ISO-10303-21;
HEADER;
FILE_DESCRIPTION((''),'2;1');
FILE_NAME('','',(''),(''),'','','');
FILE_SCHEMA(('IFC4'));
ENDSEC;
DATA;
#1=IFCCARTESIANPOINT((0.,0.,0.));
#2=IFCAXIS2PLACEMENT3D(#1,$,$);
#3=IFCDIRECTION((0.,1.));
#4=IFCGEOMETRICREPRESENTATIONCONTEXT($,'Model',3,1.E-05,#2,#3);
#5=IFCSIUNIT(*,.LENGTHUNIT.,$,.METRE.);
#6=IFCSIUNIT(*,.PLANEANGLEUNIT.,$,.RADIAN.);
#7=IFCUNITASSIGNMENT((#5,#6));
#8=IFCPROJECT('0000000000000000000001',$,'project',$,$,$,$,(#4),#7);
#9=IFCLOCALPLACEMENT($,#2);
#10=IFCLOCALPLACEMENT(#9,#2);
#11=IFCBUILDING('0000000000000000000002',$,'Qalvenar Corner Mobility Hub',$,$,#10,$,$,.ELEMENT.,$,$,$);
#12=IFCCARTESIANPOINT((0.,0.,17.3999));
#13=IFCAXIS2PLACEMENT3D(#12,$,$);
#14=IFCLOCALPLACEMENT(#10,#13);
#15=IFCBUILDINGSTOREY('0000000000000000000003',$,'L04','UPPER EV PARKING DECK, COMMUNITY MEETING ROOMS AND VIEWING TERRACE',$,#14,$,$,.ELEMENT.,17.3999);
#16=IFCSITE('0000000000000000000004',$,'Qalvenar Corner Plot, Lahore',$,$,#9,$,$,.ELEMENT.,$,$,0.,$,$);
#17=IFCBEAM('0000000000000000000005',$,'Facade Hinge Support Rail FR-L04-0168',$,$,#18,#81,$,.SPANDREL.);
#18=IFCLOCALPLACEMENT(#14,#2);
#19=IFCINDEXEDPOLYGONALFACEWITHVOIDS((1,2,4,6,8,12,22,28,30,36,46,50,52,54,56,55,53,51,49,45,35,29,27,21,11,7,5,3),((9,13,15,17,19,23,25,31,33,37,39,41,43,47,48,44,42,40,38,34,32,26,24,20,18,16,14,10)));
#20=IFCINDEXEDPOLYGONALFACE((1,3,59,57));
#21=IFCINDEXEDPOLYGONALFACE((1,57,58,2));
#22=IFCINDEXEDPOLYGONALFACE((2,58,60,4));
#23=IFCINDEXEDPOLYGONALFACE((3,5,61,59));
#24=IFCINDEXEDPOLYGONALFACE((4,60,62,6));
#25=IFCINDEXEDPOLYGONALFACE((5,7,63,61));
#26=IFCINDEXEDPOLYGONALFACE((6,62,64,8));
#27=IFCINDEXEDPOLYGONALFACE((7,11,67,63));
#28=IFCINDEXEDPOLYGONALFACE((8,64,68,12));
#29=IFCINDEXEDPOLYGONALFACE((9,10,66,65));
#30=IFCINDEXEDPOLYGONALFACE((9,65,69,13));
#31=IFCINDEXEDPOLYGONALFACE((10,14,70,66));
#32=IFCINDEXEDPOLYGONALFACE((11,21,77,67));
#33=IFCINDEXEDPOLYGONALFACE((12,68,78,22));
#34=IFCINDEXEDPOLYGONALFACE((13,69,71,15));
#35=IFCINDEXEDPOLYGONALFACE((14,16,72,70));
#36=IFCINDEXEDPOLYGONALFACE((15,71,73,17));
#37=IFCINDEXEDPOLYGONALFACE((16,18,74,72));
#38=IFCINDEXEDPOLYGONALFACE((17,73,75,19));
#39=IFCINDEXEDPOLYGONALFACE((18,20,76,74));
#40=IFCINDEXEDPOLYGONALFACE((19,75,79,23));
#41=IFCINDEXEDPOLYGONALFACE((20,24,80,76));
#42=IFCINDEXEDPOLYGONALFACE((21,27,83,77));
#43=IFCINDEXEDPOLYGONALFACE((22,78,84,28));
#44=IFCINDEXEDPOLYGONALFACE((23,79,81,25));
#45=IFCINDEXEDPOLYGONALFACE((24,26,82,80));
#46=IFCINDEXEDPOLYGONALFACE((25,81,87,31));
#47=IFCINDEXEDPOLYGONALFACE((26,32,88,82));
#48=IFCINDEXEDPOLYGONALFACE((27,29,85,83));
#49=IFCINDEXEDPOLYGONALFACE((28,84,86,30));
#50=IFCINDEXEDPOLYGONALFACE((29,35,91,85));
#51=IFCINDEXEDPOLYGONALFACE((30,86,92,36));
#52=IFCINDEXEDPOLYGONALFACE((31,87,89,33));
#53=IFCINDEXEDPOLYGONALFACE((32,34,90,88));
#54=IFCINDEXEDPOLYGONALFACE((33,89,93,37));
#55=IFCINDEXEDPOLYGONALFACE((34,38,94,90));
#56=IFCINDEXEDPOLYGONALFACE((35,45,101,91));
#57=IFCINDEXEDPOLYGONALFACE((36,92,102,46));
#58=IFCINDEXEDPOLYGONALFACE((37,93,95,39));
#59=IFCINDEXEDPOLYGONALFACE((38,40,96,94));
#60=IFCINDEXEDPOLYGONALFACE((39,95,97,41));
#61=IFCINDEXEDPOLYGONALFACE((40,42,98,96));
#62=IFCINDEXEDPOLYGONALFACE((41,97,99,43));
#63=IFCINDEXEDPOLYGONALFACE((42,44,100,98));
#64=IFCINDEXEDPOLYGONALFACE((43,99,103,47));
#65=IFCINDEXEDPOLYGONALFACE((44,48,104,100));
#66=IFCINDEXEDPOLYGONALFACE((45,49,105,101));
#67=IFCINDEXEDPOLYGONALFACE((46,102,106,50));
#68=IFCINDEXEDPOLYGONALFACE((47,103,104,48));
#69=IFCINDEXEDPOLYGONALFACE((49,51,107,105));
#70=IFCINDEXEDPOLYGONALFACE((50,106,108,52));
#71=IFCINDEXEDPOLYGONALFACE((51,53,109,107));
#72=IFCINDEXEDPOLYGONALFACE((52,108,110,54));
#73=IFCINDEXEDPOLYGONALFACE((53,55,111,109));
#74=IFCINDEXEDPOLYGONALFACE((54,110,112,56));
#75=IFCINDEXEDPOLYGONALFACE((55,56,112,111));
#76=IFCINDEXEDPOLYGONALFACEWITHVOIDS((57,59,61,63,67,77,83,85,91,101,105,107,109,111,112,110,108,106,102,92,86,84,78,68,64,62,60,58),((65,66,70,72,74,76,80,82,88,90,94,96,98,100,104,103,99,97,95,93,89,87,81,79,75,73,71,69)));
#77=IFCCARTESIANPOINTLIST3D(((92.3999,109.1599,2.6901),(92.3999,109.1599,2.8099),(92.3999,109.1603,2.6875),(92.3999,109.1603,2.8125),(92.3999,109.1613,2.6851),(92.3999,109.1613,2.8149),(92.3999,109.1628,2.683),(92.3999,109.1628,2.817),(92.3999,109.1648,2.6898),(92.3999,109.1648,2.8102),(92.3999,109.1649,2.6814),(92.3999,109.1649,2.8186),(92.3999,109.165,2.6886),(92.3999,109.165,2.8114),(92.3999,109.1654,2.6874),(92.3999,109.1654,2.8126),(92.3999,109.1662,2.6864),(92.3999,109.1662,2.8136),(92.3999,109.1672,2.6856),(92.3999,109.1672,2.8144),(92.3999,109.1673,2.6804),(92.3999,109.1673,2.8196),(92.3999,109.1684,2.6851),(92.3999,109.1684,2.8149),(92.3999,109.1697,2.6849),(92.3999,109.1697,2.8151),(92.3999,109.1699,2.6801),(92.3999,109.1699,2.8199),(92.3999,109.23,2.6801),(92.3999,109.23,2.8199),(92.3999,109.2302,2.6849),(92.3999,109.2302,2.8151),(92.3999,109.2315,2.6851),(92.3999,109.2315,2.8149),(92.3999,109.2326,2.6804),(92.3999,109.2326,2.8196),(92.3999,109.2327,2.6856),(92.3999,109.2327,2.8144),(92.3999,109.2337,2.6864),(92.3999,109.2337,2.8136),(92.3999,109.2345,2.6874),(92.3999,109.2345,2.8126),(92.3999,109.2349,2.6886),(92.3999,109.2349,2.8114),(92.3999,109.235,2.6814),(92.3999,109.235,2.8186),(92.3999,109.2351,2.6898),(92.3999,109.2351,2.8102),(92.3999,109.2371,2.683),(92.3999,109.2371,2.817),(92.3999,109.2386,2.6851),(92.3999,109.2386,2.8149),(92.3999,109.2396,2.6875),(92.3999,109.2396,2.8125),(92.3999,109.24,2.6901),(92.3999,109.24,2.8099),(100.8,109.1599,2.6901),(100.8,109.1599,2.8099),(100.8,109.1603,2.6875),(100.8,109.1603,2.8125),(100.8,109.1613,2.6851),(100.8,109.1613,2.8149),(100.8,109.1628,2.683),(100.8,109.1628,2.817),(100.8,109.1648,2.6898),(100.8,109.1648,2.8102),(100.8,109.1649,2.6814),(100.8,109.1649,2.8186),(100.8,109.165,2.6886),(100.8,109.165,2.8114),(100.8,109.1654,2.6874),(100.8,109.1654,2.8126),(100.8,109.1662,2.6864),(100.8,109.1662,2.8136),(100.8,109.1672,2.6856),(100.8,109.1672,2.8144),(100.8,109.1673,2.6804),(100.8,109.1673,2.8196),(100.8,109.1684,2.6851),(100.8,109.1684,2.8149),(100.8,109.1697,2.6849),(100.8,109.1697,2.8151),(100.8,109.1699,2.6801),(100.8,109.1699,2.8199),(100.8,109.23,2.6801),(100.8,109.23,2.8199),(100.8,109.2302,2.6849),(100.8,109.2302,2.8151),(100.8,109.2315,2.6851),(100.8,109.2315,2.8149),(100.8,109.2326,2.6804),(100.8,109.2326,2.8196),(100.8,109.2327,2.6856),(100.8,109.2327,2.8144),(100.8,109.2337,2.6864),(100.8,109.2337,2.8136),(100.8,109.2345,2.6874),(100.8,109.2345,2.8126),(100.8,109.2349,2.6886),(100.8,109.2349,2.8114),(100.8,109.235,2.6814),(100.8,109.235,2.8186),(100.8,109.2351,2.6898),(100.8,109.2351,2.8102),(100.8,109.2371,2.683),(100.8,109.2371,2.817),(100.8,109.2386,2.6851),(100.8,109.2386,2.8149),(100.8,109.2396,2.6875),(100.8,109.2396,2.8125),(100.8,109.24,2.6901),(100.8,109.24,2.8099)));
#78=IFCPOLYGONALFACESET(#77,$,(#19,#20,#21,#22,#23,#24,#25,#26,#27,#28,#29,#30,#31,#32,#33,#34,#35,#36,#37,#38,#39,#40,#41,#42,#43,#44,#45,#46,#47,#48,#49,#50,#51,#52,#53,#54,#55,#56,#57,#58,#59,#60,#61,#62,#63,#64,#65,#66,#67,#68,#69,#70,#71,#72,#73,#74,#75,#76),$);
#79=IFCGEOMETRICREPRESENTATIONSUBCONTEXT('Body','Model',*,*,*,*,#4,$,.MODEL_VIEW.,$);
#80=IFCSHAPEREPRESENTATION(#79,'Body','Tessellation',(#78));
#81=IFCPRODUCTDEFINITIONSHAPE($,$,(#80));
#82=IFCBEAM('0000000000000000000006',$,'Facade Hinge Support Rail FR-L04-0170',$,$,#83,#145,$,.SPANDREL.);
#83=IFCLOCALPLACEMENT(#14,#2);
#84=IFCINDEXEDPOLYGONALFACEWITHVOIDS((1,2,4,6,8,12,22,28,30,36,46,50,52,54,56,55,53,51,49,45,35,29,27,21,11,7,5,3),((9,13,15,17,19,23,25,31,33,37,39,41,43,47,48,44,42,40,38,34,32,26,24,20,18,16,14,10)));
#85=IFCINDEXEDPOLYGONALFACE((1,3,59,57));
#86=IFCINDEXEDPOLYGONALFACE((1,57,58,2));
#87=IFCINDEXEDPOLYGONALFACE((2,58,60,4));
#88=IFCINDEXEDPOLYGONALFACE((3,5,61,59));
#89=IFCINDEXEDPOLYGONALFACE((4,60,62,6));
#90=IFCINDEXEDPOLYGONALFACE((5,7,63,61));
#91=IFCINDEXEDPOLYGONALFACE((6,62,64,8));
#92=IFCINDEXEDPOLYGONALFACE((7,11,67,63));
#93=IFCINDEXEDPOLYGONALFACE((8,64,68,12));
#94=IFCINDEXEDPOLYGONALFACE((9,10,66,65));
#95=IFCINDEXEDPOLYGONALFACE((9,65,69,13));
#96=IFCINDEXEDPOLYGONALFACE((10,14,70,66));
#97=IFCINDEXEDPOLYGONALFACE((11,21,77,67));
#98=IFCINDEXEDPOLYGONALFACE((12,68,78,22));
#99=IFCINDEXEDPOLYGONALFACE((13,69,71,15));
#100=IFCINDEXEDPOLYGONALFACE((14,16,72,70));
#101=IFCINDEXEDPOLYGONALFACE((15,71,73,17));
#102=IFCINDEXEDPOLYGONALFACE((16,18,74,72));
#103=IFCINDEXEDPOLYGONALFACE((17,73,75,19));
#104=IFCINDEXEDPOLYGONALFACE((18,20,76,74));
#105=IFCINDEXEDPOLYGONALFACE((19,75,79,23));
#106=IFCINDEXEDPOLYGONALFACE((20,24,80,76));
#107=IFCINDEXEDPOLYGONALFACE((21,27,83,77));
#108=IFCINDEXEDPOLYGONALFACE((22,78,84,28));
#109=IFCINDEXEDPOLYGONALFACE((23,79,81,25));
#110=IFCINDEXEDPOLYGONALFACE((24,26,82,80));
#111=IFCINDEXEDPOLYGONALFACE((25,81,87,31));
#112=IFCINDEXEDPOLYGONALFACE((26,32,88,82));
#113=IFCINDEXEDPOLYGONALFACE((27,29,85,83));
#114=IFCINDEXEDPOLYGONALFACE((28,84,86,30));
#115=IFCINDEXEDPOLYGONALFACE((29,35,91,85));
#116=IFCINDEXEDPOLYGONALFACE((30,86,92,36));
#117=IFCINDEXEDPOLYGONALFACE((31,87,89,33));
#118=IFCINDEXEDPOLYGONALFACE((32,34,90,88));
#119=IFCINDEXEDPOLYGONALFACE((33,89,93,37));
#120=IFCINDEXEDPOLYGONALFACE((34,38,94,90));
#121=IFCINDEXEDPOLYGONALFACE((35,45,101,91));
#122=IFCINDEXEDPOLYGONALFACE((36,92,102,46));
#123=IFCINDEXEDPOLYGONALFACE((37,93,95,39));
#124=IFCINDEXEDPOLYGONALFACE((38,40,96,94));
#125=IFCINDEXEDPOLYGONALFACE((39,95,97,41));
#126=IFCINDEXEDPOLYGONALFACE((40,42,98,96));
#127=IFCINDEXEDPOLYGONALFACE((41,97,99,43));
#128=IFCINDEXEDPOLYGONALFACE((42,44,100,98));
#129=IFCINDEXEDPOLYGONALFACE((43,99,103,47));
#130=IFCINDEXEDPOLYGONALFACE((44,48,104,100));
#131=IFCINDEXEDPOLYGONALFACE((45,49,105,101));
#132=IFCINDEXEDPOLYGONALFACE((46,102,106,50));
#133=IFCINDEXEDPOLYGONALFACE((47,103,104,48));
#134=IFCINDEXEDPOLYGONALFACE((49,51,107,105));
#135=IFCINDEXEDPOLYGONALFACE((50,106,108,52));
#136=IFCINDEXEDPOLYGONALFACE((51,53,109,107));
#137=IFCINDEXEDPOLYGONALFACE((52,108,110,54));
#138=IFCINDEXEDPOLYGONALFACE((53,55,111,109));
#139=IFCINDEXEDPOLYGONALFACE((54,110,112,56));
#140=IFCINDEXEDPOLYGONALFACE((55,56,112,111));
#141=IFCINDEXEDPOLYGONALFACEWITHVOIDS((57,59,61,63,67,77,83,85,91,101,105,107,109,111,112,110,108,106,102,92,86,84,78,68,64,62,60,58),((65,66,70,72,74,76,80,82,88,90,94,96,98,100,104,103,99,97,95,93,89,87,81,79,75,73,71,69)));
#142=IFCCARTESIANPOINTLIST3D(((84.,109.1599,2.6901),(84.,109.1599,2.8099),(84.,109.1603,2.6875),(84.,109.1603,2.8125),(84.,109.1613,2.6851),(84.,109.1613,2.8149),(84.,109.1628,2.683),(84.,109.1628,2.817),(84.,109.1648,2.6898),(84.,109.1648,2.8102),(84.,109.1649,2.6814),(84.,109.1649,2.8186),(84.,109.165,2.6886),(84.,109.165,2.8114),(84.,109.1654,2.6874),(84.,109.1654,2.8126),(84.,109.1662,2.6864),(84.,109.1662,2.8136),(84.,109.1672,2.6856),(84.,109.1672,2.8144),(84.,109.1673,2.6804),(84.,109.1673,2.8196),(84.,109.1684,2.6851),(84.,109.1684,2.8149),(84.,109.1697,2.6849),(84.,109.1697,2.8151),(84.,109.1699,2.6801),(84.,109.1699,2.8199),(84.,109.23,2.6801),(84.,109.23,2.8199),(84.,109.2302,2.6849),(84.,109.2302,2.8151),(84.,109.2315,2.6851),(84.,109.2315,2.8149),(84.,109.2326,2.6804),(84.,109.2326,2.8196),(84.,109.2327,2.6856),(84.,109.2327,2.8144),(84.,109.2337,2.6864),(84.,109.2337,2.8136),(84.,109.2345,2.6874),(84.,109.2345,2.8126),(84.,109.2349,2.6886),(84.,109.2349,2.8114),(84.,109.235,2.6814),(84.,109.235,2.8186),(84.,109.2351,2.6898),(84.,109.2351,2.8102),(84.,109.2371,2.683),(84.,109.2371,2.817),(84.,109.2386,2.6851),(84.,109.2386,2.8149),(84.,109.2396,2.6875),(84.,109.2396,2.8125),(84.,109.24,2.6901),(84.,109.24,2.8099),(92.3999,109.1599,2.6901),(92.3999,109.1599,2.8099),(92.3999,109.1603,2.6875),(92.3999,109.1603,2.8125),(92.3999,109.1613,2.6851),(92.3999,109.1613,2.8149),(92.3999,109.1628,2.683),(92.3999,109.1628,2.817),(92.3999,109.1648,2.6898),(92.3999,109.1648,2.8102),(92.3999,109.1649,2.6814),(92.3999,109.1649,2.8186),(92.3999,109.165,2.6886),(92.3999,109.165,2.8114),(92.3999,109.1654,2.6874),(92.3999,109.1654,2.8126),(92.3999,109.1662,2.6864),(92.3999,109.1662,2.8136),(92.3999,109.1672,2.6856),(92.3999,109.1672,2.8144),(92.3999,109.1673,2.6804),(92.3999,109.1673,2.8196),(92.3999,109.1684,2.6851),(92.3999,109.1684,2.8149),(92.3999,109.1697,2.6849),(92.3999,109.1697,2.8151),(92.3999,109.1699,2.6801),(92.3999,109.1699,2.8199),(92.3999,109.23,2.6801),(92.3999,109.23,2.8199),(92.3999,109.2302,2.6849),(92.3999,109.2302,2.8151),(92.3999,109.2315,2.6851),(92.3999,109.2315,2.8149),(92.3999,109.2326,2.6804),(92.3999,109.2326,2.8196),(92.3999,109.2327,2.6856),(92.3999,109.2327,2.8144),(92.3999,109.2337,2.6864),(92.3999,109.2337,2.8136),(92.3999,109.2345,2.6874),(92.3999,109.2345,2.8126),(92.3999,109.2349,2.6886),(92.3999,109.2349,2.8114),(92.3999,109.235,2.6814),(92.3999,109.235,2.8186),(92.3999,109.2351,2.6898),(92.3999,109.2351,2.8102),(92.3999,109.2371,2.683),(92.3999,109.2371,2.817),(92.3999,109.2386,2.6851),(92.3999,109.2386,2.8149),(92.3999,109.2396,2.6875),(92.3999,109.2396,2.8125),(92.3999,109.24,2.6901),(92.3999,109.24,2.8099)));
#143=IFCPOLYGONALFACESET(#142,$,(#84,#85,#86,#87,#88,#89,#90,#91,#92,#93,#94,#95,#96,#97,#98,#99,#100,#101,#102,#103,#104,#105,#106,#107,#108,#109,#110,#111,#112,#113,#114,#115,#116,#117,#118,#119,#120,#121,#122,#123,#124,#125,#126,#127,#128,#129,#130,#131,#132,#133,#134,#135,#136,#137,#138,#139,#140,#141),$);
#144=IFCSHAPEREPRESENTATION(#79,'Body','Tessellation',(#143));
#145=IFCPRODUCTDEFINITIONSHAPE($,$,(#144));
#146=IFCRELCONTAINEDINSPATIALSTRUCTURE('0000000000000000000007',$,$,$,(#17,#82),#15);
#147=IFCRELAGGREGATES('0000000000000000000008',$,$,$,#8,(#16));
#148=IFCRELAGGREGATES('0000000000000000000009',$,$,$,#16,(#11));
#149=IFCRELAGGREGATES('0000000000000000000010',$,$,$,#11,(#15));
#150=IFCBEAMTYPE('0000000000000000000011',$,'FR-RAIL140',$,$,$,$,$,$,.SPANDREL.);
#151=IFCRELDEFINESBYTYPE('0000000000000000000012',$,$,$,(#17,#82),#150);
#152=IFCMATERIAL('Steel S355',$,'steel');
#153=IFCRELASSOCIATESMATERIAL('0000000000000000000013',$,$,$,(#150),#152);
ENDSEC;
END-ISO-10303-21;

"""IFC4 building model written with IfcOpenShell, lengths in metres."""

from ifc_helpers import new_model, si_unit, direction, frame, origin, origin_2d, place, context, subcontext, project, spatial, hollow_rectangle, extrude, material, material_profile, profile_set, type_object, element, save


model = new_model("IFC4")

# Units and contexts
model_context = context("Model", 3, precision=1e-05, world=origin(), true_north=direction((0.0, 1.0)))
body_context = subcontext(model_context, "Body", "Model", "MODEL_VIEW")
ifc_project = project(units=[si_unit("LENGTHUNIT", "METRE"), si_unit("PLANEANGLEUNIT", "RADIAN")], contexts=[model_context])

# Site, building, storey
site_placement = place(None, origin())
site = spatial("IfcSite", under=ifc_project, at=site_placement, Name="Qalvenar Corner Plot, Lahore", CompositionType="ELEMENT", RefElevation=0.0)
building_placement = place(site_placement, origin())
building = spatial("IfcBuilding", under=site, at=building_placement, Name="Qalvenar Corner Mobility Hub", CompositionType="ELEMENT")
storey_placement = place(building_placement, frame((0.0, 0.0, 17.3999)))
storey = spatial("IfcBuildingStorey", under=building, at=storey_placement, Name="L04", Description="UPPER EV PARKING DECK, COMMUNITY MEETING ROOMS AND VIEWING TERRACE", CompositionType="ELEMENT", Elevation=17.3999)

# Shared definitions
ifc_material_1 = material(Name="Steel S355", Category="steel")

# Beams
ifc_material_profile_1 = material_profile(ifc_material_1, hollow_rectangle(XDim=0.0801, YDim=0.1399, WallThickness=0.0049, InnerFilletRadius=0.0049, OuterFilletRadius=0.01, at=origin_2d()), Name="RHS140x80x5")
ifc_profile_set_1 = profile_set([ifc_material_profile_1], Name="Steel S355")
beam_type_1 = type_object("IfcBeamType", Name="FR-RAIL140", PredefinedType="SPANDREL", material=ifc_profile_set_1)
beam_1_placement = place(storey_placement, frame((100.8, 109.2, 2.75), z_axis=(-1.0, 0.0, 0.0), x_axis=(0.0, -1.0, 0.0)))
element("IfcBeam", 1, at=beam_1_placement, inside=storey, type_object=beam_type_1, Name="Facade Hinge Support Rail FR-L04-0168", PredefinedType="SPANDREL", context=body_context, shape_type="SweptSolid", body=[
    extrude(hollow_rectangle(XDim=0.0801, YDim=0.1399, WallThickness=0.0049, InnerFilletRadius=0.0049, OuterFilletRadius=0.01, at=origin_2d()), origin(), (0.0, 0.0, 1.0), 8.4001),
])
for number, where, z_axis, x_axis, name in (
    (2, (92.3999, 109.2, 2.75), (-1.0, 0.0, 0.0), (0.0, -1.0, 0.0), "Facade Hinge Support Rail FR-L04-0170"),
):
    element("IfcBeam", number, at=place(storey_placement, frame(where, z_axis=z_axis, x_axis=x_axis)), inside=storey, type_object=beam_type_1, Name=name, PredefinedType="SPANDREL", context=body_context, shape_type="SweptSolid", body=[
        extrude(hollow_rectangle(XDim=0.0801, YDim=0.1399, WallThickness=0.0049, InnerFilletRadius=0.0049, OuterFilletRadius=0.01, at=origin_2d()), origin(), (0.0, 0.0, 1.0), 8.3999),
    ])

save(model, "model.ifc")
